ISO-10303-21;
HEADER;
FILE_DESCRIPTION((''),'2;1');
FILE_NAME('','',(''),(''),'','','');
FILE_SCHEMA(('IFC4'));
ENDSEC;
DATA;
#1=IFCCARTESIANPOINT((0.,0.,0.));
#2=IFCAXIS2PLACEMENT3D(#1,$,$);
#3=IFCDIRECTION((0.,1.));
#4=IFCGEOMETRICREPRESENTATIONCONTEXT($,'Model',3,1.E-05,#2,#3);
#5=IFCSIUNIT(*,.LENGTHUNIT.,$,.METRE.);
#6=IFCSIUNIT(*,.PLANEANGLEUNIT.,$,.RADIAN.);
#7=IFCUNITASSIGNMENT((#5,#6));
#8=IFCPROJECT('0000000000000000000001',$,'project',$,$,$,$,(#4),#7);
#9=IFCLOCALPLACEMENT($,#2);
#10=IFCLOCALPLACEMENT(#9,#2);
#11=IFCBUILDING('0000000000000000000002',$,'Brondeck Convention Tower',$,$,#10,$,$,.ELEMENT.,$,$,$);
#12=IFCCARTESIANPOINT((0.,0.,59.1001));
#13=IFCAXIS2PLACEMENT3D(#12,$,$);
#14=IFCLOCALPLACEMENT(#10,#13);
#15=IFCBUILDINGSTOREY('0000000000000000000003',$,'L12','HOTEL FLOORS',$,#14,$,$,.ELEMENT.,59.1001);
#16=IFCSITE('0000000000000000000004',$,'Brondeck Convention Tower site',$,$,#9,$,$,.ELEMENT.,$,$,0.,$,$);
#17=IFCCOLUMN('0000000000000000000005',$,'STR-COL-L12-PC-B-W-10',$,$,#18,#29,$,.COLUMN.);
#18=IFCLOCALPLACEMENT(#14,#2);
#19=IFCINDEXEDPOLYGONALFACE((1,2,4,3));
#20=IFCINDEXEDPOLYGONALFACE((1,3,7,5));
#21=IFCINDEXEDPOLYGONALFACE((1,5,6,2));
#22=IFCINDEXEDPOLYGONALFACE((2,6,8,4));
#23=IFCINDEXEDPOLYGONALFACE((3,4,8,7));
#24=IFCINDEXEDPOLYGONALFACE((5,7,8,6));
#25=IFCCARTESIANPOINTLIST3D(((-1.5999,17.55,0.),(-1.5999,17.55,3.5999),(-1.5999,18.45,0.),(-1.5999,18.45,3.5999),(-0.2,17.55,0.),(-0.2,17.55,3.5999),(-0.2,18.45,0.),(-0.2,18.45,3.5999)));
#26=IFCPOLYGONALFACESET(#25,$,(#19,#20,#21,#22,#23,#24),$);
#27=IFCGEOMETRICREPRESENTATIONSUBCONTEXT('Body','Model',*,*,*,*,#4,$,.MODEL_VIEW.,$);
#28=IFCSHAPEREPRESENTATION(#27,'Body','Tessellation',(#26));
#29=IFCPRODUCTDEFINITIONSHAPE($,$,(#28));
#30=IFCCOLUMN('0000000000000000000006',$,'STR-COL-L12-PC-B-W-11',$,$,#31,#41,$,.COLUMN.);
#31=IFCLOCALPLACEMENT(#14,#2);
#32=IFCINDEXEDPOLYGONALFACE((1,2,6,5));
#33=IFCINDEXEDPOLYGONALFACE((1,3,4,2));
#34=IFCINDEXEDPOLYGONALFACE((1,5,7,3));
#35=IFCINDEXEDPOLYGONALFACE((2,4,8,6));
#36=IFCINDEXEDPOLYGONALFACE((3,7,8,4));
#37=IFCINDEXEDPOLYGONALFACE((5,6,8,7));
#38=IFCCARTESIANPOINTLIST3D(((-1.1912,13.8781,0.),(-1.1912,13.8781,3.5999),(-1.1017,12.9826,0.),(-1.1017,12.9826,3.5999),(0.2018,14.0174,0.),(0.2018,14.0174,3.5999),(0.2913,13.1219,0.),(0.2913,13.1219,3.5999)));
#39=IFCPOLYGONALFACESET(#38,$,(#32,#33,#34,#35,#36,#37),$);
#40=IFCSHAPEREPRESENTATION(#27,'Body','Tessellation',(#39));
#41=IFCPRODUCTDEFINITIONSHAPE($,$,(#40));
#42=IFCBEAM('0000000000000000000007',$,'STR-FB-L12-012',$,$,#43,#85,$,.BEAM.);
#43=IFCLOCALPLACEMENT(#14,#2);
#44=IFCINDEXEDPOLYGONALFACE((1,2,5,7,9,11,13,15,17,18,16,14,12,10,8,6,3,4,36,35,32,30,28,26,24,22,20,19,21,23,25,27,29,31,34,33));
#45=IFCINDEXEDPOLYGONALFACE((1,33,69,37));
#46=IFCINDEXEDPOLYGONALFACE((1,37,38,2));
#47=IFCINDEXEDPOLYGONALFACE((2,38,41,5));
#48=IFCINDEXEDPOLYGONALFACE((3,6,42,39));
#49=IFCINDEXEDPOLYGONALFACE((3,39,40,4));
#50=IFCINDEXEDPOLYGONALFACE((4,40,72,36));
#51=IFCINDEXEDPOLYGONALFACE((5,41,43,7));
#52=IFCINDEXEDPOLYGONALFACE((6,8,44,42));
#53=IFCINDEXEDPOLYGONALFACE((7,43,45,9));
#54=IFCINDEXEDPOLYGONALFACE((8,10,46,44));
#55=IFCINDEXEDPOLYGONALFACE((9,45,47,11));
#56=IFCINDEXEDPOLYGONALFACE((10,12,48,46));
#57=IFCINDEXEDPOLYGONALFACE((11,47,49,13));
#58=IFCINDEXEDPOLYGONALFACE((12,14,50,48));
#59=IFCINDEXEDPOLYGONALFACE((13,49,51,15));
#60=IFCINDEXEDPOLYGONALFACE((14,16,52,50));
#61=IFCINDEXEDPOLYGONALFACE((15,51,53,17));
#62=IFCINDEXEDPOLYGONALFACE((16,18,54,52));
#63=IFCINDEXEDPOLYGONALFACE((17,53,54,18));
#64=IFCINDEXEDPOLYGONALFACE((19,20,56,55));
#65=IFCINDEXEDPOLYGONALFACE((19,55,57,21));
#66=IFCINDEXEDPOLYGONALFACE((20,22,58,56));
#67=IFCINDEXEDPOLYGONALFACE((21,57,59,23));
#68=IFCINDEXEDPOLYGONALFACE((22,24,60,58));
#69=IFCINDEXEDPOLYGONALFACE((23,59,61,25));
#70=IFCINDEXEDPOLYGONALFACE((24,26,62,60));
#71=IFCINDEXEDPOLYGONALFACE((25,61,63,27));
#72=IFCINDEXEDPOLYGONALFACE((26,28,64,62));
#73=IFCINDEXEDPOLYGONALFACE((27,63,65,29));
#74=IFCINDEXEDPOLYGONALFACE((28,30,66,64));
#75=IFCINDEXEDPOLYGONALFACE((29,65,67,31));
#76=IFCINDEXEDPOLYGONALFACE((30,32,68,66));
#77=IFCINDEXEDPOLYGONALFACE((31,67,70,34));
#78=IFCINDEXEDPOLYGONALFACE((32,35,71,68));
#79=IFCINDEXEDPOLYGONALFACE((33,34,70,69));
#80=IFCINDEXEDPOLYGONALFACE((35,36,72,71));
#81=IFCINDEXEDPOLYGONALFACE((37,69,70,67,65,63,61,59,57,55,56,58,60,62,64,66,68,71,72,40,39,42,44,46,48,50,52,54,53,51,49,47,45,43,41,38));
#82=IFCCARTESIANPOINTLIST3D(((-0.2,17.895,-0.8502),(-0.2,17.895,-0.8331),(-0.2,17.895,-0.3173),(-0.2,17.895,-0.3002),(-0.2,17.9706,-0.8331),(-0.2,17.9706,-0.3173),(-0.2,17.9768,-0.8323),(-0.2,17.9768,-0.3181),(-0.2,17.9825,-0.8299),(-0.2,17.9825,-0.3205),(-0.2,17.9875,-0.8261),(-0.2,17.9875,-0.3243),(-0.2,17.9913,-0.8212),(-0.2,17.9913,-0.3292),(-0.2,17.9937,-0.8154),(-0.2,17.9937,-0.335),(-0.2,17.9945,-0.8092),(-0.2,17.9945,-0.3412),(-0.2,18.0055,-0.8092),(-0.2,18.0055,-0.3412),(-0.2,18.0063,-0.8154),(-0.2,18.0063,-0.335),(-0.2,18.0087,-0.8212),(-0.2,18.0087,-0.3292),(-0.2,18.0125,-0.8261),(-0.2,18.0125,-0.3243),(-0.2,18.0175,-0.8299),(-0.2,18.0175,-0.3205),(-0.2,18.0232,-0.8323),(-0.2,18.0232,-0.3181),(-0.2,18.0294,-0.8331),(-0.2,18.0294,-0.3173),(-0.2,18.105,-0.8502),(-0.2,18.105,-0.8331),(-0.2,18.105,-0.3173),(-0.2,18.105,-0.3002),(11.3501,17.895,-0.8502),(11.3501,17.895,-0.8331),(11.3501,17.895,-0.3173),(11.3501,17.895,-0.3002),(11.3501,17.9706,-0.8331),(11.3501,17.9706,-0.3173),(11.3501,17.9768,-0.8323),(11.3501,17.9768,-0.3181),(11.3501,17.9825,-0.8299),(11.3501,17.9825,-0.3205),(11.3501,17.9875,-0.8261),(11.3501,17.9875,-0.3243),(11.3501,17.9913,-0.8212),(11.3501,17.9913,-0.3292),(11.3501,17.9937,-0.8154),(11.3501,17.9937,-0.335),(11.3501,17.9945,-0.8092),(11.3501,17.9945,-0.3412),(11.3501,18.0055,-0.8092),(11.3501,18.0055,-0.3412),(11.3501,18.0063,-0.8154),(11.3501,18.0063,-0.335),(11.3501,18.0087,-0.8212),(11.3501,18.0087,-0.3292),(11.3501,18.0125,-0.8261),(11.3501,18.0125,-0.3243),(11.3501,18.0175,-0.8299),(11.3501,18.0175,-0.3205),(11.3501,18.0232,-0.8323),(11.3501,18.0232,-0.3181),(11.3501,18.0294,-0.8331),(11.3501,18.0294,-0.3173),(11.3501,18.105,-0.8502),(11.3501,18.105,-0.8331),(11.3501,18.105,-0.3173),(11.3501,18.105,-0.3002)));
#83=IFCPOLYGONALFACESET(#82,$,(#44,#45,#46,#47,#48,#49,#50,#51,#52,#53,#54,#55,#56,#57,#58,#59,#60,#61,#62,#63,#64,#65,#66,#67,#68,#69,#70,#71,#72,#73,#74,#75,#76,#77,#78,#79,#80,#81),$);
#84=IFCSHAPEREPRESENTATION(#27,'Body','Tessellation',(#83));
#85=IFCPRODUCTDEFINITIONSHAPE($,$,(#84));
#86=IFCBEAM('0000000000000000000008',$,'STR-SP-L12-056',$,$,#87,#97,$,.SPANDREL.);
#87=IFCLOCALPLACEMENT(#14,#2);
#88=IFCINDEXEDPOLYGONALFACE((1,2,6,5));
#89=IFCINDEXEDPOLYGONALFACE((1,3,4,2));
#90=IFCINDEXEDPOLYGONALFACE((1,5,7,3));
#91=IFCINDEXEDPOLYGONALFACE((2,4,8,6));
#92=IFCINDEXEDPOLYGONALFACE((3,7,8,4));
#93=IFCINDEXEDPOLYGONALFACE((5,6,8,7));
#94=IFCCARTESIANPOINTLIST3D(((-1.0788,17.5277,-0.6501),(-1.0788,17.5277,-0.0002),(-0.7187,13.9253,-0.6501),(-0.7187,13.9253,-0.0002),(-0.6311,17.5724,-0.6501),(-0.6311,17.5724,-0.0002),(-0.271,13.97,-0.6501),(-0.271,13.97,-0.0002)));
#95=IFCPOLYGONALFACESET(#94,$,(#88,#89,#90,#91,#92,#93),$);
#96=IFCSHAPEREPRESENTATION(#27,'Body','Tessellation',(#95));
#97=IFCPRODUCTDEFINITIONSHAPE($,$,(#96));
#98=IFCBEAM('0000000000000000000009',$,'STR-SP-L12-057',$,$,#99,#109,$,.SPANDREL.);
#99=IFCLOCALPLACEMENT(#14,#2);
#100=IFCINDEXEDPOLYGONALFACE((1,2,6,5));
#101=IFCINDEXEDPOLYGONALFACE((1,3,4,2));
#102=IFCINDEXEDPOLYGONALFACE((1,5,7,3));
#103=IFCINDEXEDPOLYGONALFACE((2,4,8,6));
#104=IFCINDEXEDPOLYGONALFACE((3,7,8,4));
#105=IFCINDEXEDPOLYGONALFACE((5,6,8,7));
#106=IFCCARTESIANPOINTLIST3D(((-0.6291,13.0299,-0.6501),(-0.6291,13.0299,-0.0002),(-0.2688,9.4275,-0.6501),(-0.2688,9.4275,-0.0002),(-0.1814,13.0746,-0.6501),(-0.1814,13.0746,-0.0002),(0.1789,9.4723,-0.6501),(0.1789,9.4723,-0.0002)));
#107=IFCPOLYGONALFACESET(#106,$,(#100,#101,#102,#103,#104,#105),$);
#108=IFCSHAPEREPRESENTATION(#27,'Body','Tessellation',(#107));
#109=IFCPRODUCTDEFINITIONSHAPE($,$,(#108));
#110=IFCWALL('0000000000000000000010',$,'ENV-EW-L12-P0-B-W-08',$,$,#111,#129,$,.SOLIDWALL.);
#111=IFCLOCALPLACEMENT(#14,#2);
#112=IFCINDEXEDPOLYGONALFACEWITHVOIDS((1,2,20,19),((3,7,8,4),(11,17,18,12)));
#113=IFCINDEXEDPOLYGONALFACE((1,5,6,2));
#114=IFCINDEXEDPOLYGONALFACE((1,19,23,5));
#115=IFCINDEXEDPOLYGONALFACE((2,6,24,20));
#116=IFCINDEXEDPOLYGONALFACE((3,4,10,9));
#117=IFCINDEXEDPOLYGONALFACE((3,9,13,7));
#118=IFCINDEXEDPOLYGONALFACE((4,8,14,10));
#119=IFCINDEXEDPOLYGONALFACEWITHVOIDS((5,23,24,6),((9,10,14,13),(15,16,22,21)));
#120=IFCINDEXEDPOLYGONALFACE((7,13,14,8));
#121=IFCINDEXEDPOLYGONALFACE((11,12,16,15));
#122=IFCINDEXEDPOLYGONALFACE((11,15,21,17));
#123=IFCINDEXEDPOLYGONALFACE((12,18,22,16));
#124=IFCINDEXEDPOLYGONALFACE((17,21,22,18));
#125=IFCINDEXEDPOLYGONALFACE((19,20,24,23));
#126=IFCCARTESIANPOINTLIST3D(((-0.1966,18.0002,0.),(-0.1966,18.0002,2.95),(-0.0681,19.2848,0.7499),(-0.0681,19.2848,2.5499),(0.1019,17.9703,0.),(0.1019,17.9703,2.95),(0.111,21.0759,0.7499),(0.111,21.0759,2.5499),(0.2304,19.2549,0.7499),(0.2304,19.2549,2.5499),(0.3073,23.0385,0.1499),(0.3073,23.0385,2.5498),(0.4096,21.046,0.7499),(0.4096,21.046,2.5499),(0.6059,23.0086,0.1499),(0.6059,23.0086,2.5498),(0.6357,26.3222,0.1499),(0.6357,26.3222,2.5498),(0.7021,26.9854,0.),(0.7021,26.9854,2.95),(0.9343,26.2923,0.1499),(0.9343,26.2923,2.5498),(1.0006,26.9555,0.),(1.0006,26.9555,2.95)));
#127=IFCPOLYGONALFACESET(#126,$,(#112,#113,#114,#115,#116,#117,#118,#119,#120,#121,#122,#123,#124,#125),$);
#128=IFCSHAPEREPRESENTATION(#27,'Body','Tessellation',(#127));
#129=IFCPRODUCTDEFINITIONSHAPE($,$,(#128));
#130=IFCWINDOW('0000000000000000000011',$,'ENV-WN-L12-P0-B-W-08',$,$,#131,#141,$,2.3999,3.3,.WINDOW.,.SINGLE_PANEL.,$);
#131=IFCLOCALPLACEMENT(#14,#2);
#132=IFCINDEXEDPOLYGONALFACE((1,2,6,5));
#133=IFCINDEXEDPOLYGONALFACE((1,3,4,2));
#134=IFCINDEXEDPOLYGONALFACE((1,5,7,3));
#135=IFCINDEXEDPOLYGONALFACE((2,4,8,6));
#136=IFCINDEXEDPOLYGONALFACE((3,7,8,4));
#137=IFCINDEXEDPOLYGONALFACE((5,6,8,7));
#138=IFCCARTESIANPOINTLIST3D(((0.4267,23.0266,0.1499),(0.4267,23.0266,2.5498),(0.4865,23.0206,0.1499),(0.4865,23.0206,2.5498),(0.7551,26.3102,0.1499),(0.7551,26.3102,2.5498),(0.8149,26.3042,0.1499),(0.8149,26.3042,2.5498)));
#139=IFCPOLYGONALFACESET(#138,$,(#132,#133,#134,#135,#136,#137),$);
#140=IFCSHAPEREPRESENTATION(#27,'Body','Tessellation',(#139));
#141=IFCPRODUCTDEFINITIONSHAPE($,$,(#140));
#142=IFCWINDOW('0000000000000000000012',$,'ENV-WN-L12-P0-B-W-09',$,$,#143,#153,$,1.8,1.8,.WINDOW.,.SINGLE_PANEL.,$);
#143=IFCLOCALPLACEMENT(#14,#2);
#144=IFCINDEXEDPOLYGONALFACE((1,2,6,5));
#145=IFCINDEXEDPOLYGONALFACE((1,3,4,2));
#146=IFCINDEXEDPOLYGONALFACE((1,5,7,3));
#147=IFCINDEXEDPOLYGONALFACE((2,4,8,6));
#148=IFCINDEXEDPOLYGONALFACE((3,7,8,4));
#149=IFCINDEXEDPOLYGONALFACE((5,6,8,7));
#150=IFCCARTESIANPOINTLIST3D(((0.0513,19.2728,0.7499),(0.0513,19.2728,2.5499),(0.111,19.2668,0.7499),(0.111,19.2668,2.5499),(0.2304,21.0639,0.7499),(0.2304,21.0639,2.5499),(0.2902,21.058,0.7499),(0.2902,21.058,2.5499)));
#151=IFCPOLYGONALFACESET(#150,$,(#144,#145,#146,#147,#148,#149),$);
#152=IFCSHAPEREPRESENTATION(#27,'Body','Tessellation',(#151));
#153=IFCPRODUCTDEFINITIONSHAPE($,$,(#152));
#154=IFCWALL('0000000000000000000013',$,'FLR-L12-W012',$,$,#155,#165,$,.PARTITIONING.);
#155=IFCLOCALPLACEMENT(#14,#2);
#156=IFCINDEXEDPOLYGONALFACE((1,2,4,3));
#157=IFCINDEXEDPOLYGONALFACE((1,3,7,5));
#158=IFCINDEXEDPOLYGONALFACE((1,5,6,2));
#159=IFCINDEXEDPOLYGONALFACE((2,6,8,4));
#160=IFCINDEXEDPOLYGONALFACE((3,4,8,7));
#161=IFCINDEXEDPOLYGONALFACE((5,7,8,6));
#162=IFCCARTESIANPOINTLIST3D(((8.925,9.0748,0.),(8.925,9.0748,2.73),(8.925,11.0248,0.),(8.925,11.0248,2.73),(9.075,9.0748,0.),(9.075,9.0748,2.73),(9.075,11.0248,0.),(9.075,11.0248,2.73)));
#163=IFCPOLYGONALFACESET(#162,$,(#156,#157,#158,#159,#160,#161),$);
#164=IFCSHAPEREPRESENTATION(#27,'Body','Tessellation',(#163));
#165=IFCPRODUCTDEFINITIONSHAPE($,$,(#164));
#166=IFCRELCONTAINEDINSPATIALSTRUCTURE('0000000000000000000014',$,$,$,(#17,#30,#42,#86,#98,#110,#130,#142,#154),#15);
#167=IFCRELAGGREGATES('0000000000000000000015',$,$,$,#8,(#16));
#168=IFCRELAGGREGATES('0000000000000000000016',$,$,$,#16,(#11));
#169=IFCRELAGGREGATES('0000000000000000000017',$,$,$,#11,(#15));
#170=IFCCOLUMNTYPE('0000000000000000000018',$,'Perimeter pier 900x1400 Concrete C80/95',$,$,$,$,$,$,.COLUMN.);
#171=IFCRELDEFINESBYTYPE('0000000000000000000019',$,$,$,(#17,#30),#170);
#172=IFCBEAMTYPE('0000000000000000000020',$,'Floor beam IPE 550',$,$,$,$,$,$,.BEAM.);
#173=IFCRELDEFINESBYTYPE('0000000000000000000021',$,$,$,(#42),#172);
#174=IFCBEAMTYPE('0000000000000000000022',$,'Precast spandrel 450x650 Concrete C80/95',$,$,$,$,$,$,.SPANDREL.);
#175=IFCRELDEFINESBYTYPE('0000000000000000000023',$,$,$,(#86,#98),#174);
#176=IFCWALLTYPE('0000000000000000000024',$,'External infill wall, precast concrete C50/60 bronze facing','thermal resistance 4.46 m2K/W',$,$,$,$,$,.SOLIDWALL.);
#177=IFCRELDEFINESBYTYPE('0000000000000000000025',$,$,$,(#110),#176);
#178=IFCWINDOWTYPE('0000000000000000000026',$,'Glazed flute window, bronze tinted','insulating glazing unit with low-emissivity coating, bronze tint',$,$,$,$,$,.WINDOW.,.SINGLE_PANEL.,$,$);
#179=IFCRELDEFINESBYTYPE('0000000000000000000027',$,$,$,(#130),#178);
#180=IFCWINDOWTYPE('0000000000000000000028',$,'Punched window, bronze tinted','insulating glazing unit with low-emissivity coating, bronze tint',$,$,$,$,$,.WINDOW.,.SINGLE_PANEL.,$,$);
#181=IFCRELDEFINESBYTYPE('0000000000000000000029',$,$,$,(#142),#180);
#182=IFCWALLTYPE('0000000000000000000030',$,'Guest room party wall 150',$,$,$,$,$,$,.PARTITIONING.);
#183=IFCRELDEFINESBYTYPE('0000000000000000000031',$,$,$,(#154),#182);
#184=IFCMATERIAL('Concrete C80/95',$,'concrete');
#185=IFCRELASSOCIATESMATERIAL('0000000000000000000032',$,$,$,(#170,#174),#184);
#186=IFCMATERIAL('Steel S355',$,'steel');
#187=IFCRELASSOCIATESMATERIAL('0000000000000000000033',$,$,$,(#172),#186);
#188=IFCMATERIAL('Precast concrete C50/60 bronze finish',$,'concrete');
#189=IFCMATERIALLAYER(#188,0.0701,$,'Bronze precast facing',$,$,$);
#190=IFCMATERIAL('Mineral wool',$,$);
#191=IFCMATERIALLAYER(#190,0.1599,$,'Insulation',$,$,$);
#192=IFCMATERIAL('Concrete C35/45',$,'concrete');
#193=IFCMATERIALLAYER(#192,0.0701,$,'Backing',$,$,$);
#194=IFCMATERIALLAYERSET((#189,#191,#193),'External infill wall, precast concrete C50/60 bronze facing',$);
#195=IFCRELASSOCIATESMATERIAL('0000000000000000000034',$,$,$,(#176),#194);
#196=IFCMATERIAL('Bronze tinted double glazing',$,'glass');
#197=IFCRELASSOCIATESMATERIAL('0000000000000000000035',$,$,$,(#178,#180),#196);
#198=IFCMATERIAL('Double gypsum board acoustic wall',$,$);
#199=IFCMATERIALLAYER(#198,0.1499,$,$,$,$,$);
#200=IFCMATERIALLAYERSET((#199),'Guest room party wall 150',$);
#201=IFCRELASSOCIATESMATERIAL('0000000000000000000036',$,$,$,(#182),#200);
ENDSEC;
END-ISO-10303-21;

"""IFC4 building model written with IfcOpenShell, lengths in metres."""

from ifc_helpers import new_model, si_unit, direction, frame, frame_2d, origin, origin_2d, place, context, subcontext, project, spatial, rectangle, i_section, extrude, material, layer, layer_set, material_profile, profile_set, type_object, element, fill, save


model = new_model("IFC4")

# Units and contexts
model_context = context("Model", 3, precision=1e-05, world=origin(), true_north=direction((0.0, 1.0)))
body_context = subcontext(model_context, "Body", "Model", "MODEL_VIEW")
ifc_project = project(units=[si_unit("LENGTHUNIT", "METRE"), si_unit("PLANEANGLEUNIT", "RADIAN")], contexts=[model_context])

# Site, building, storey
site_placement = place(None, origin())
site = spatial("IfcSite", under=ifc_project, at=site_placement, Name="Brondeck Convention Tower site", CompositionType="ELEMENT", RefElevation=0.0)
building_placement = place(site_placement, origin())
building = spatial("IfcBuilding", under=site, at=building_placement, Name="Brondeck Convention Tower", CompositionType="ELEMENT")
storey_placement = place(building_placement, frame((0.0, 0.0, 59.1001)))
storey = spatial("IfcBuildingStorey", under=building, at=storey_placement, Name="L12", Description="HOTEL FLOORS", CompositionType="ELEMENT", Elevation=59.1001)

# Columns
ifc_material_1 = material(Name="Concrete C80/95", Category="concrete")
ifc_material_profile_1 = material_profile(ifc_material_1, rectangle(XDim=0.8999, YDim=1.3999, at=origin_2d()), Name="Perimeter pier 900x1400 Concrete C80/95")
ifc_profile_set_1 = profile_set([ifc_material_profile_1], Name="Concrete C80/95")
column_type = type_object("IfcColumnType", Name="Perimeter pier 900x1400 Concrete C80/95", PredefinedType="COLUMN", material=ifc_profile_set_1)
for number, where, z_axis, x_axis, name in (
    (1, (-0.8999, 18.0, 0.0), (0.0, 0.0, 1.0), (0.0, -1.0, 0.0), "STR-COL-L12-PC-B-W-10"),
    (2, (-0.45, 13.5, 0.0), (0.0, 0.0, 1.0), (0.099504, -0.995037, 0.0), "STR-COL-L12-PC-B-W-11"),
):
    element("IfcColumn", number, at=place(storey_placement, frame(where, z_axis=z_axis, x_axis=x_axis)), inside=storey, type_object=column_type, Name=name, PredefinedType="COLUMN", context=body_context, shape_type="SweptSolid", body=[
        extrude(rectangle(XDim=0.8999, YDim=1.3999, at=origin_2d()), origin(), (0.0, 0.0, 1.0), 3.5999),
    ])

# Beams
ifc_material_2 = material(Name="Steel S355", Category="steel")
ifc_material_profile_2 = material_profile(ifc_material_2, i_section(OverallWidth=0.21, OverallDepth=0.55, WebThickness=0.011, FlangeThickness=0.0171, FilletRadius=0.0239, at=origin_2d()), Name="IPE 550")
ifc_profile_set_2 = profile_set([ifc_material_profile_2], Name="Steel S355")
beam_type_1 = type_object("IfcBeamType", Name="Floor beam IPE 550", PredefinedType="BEAM", material=ifc_profile_set_2)
beam_placement = place(storey_placement, frame((-0.2, 18.0, -0.5752), z_axis=(1.0, 0.0, 0.0), x_axis=(0.0, 1.0, 0.0)))
element("IfcBeam", 3, at=beam_placement, inside=storey, type_object=beam_type_1, Name="STR-FB-L12-012", PredefinedType="BEAM", context=body_context, shape_type="SweptSolid", body=[
    extrude(i_section(OverallWidth=0.21, OverallDepth=0.55, WebThickness=0.011, FlangeThickness=0.0171, FilletRadius=0.0239, at=origin_2d()), origin(), (0.0, 0.0, 1.0), 11.55),
])
ifc_material_profile_3 = material_profile(ifc_material_1, rectangle(XDim=0.45, YDim=0.6499, at=origin_2d()), Name="Precast spandrel 450x650 Concrete C80/95")
ifc_profile_set_3 = profile_set([ifc_material_profile_3], Name="Concrete C80/95")
beam_type_2 = type_object("IfcBeamType", Name="Precast spandrel 450x650 Concrete C80/95", PredefinedType="SPANDREL", material=ifc_profile_set_3)
for number, where, z_axis, x_axis, name in (
    (4, (-0.855, 17.55, -0.3252), (0.09947, -0.995041, 0.0), (0.995041, 0.09947, 0.0), "STR-SP-L12-056"),
    (5, (-0.4053, 13.0522, -0.3252), (0.099537, -0.995034, 0.0), (0.995034, 0.099537, 0.0), "STR-SP-L12-057"),
):
    element("IfcBeam", number, at=place(storey_placement, frame(where, z_axis=z_axis, x_axis=x_axis)), inside=storey, type_object=beam_type_2, Name=name, PredefinedType="SPANDREL", context=body_context, shape_type="SweptSolid", body=[
        extrude(rectangle(XDim=0.45, YDim=0.6499, at=origin_2d()), origin(), (0.0, 0.0, 1.0), 3.6204),
    ])

# Wall, openings, windows
ifc_material_3 = material(Name="Precast concrete C50/60 bronze finish", Category="concrete")
ifc_layer_1 = layer(ifc_material_3, 0.0701, Name="Bronze precast facing")
ifc_material_4 = material(Name="Mineral wool")
ifc_layer_2 = layer(ifc_material_4, 0.1599, Name="Insulation")
ifc_material_5 = material(Name="Concrete C35/45", Category="concrete")
ifc_layer_3 = layer(ifc_material_5, 0.0701, Name="Backing")
ifc_layer_set_1 = layer_set([ifc_layer_1, ifc_layer_2, ifc_layer_3], Name="External infill wall, precast concrete C50/60 bronze facing")
wall_type_1 = type_object("IfcWallType", Name="External infill wall, precast concrete C50/60 bronze facing", Description="thermal resistance 4.46 m2K/W", PredefinedType="SOLIDWALL", material=ifc_layer_set_1)
wall_1_placement = place(storey_placement, frame((-0.0474, 17.9851, 0.0), z_axis=(0.0, 0.0, 1.0), x_axis=(0.099522, 0.995035, 0.0)))
wall_1 = element("IfcWall", 6, at=wall_1_placement, inside=storey, type_object=wall_type_1, Name="ENV-EW-L12-P0-B-W-08", PredefinedType="SOLIDWALL", context=body_context, shape_type="SweptSolid", body=[
    extrude(rectangle(XDim=9.03, YDim=0.3, at=frame_2d((4.5151, 0.0))), origin(), (0.0, 0.0, 1.0), 2.95),
])
opening_1_placement = place(wall_1_placement, frame((1.2913, 0.0, 0.75)))
opening_1 = element("IfcOpeningElement", 7, at=opening_1_placement, cuts=wall_1, PredefinedType="OPENING", context=body_context, shape_type="SweptSolid", body=[
    extrude(rectangle(XDim=1.8, YDim=1.8, at=frame_2d((0.8999, 0.8999))), frame((0.0, 0.1599, 0.0), z_axis=(0.0, -1.0, 0.0), x_axis=(1.0, 0.0, 0.0)), (0.0, 0.0, 1.0), 0.3201),
])
opening_2_placement = place(wall_1_placement, frame((5.0637, 0.0, 0.1499)))
opening_2 = element("IfcOpeningElement", 8, at=opening_2_placement, cuts=wall_1, PredefinedType="OPENING", context=body_context, shape_type="SweptSolid", body=[
    extrude(rectangle(XDim=3.3, YDim=2.3999, at=frame_2d((1.6499, 1.2))), frame((0.0, 0.1599, 0.0), z_axis=(0.0, -1.0, 0.0), x_axis=(1.0, 0.0, 0.0)), (0.0, 0.0, 1.0), 0.3201),
])
ifc_material_6 = material(Name="Bronze tinted double glazing", Category="glass")
window_type_1 = type_object("IfcWindowType", Name="Glazed flute window, bronze tinted", Description="insulating glazing unit with low-emissivity coating, bronze tint", PartitioningType="SINGLE_PANEL", PredefinedType="WINDOW", material=ifc_material_6)
window_1_placement = place(opening_2_placement, origin())
window_1 = element("IfcWindow", 9, at=window_1_placement, inside=storey, type_object=window_type_1, Name="ENV-WN-L12-P0-B-W-08", OverallHeight=2.3999, OverallWidth=3.3, PartitioningType="SINGLE_PANEL", PredefinedType="WINDOW", context=body_context, shape_type="SweptSolid", body=[
    extrude(rectangle(XDim=3.3, YDim=2.3999, at=frame_2d((1.6499, 1.2))), frame((0.0, 0.03, 0.0), z_axis=(0.0, -1.0, 0.0), x_axis=(1.0, 0.0, 0.0)), (0.0, 0.0, 1.0), 0.0601),
])
fill(opening_2, window_1)
window_type_2 = type_object("IfcWindowType", Name="Punched window, bronze tinted", Description="insulating glazing unit with low-emissivity coating, bronze tint", PartitioningType="SINGLE_PANEL", PredefinedType="WINDOW", material=ifc_material_6)
window_2_placement = place(opening_1_placement, origin())
window_2 = element("IfcWindow", 10, at=window_2_placement, inside=storey, type_object=window_type_2, Name="ENV-WN-L12-P0-B-W-09", OverallHeight=1.8, OverallWidth=1.8, PartitioningType="SINGLE_PANEL", PredefinedType="WINDOW", context=body_context, shape_type="SweptSolid", body=[
    extrude(rectangle(XDim=1.8, YDim=1.8, at=frame_2d((0.8999, 0.8999))), frame((0.0, 0.03, 0.0), z_axis=(0.0, -1.0, 0.0), x_axis=(1.0, 0.0, 0.0)), (0.0, 0.0, 1.0), 0.0601),
])
fill(opening_1, window_2)

# Wall
ifc_material_7 = material(Name="Double gypsum board acoustic wall")
ifc_layer_4 = layer(ifc_material_7, 0.1499)
ifc_layer_set_2 = layer_set([ifc_layer_4], Name="Guest room party wall 150")
wall_type_2 = type_object("IfcWallType", Name="Guest room party wall 150", PredefinedType="PARTITIONING", material=ifc_layer_set_2)
wall_2_placement = place(storey_placement, frame((9.0, 11.0249, 0.0), z_axis=(0.0, 0.0, 1.0), x_axis=(0.0, -1.0, 0.0)))
element("IfcWall", 11, at=wall_2_placement, inside=storey, type_object=wall_type_2, Name="FLR-L12-W012", PredefinedType="PARTITIONING", context=body_context, shape_type="SweptSolid", body=[
    extrude(rectangle(XDim=1.95, YDim=0.1499, at=frame_2d((0.9751, 0.0))), origin(), (0.0, 0.0, 1.0), 2.73),
])

save(model, "model.ifc")
